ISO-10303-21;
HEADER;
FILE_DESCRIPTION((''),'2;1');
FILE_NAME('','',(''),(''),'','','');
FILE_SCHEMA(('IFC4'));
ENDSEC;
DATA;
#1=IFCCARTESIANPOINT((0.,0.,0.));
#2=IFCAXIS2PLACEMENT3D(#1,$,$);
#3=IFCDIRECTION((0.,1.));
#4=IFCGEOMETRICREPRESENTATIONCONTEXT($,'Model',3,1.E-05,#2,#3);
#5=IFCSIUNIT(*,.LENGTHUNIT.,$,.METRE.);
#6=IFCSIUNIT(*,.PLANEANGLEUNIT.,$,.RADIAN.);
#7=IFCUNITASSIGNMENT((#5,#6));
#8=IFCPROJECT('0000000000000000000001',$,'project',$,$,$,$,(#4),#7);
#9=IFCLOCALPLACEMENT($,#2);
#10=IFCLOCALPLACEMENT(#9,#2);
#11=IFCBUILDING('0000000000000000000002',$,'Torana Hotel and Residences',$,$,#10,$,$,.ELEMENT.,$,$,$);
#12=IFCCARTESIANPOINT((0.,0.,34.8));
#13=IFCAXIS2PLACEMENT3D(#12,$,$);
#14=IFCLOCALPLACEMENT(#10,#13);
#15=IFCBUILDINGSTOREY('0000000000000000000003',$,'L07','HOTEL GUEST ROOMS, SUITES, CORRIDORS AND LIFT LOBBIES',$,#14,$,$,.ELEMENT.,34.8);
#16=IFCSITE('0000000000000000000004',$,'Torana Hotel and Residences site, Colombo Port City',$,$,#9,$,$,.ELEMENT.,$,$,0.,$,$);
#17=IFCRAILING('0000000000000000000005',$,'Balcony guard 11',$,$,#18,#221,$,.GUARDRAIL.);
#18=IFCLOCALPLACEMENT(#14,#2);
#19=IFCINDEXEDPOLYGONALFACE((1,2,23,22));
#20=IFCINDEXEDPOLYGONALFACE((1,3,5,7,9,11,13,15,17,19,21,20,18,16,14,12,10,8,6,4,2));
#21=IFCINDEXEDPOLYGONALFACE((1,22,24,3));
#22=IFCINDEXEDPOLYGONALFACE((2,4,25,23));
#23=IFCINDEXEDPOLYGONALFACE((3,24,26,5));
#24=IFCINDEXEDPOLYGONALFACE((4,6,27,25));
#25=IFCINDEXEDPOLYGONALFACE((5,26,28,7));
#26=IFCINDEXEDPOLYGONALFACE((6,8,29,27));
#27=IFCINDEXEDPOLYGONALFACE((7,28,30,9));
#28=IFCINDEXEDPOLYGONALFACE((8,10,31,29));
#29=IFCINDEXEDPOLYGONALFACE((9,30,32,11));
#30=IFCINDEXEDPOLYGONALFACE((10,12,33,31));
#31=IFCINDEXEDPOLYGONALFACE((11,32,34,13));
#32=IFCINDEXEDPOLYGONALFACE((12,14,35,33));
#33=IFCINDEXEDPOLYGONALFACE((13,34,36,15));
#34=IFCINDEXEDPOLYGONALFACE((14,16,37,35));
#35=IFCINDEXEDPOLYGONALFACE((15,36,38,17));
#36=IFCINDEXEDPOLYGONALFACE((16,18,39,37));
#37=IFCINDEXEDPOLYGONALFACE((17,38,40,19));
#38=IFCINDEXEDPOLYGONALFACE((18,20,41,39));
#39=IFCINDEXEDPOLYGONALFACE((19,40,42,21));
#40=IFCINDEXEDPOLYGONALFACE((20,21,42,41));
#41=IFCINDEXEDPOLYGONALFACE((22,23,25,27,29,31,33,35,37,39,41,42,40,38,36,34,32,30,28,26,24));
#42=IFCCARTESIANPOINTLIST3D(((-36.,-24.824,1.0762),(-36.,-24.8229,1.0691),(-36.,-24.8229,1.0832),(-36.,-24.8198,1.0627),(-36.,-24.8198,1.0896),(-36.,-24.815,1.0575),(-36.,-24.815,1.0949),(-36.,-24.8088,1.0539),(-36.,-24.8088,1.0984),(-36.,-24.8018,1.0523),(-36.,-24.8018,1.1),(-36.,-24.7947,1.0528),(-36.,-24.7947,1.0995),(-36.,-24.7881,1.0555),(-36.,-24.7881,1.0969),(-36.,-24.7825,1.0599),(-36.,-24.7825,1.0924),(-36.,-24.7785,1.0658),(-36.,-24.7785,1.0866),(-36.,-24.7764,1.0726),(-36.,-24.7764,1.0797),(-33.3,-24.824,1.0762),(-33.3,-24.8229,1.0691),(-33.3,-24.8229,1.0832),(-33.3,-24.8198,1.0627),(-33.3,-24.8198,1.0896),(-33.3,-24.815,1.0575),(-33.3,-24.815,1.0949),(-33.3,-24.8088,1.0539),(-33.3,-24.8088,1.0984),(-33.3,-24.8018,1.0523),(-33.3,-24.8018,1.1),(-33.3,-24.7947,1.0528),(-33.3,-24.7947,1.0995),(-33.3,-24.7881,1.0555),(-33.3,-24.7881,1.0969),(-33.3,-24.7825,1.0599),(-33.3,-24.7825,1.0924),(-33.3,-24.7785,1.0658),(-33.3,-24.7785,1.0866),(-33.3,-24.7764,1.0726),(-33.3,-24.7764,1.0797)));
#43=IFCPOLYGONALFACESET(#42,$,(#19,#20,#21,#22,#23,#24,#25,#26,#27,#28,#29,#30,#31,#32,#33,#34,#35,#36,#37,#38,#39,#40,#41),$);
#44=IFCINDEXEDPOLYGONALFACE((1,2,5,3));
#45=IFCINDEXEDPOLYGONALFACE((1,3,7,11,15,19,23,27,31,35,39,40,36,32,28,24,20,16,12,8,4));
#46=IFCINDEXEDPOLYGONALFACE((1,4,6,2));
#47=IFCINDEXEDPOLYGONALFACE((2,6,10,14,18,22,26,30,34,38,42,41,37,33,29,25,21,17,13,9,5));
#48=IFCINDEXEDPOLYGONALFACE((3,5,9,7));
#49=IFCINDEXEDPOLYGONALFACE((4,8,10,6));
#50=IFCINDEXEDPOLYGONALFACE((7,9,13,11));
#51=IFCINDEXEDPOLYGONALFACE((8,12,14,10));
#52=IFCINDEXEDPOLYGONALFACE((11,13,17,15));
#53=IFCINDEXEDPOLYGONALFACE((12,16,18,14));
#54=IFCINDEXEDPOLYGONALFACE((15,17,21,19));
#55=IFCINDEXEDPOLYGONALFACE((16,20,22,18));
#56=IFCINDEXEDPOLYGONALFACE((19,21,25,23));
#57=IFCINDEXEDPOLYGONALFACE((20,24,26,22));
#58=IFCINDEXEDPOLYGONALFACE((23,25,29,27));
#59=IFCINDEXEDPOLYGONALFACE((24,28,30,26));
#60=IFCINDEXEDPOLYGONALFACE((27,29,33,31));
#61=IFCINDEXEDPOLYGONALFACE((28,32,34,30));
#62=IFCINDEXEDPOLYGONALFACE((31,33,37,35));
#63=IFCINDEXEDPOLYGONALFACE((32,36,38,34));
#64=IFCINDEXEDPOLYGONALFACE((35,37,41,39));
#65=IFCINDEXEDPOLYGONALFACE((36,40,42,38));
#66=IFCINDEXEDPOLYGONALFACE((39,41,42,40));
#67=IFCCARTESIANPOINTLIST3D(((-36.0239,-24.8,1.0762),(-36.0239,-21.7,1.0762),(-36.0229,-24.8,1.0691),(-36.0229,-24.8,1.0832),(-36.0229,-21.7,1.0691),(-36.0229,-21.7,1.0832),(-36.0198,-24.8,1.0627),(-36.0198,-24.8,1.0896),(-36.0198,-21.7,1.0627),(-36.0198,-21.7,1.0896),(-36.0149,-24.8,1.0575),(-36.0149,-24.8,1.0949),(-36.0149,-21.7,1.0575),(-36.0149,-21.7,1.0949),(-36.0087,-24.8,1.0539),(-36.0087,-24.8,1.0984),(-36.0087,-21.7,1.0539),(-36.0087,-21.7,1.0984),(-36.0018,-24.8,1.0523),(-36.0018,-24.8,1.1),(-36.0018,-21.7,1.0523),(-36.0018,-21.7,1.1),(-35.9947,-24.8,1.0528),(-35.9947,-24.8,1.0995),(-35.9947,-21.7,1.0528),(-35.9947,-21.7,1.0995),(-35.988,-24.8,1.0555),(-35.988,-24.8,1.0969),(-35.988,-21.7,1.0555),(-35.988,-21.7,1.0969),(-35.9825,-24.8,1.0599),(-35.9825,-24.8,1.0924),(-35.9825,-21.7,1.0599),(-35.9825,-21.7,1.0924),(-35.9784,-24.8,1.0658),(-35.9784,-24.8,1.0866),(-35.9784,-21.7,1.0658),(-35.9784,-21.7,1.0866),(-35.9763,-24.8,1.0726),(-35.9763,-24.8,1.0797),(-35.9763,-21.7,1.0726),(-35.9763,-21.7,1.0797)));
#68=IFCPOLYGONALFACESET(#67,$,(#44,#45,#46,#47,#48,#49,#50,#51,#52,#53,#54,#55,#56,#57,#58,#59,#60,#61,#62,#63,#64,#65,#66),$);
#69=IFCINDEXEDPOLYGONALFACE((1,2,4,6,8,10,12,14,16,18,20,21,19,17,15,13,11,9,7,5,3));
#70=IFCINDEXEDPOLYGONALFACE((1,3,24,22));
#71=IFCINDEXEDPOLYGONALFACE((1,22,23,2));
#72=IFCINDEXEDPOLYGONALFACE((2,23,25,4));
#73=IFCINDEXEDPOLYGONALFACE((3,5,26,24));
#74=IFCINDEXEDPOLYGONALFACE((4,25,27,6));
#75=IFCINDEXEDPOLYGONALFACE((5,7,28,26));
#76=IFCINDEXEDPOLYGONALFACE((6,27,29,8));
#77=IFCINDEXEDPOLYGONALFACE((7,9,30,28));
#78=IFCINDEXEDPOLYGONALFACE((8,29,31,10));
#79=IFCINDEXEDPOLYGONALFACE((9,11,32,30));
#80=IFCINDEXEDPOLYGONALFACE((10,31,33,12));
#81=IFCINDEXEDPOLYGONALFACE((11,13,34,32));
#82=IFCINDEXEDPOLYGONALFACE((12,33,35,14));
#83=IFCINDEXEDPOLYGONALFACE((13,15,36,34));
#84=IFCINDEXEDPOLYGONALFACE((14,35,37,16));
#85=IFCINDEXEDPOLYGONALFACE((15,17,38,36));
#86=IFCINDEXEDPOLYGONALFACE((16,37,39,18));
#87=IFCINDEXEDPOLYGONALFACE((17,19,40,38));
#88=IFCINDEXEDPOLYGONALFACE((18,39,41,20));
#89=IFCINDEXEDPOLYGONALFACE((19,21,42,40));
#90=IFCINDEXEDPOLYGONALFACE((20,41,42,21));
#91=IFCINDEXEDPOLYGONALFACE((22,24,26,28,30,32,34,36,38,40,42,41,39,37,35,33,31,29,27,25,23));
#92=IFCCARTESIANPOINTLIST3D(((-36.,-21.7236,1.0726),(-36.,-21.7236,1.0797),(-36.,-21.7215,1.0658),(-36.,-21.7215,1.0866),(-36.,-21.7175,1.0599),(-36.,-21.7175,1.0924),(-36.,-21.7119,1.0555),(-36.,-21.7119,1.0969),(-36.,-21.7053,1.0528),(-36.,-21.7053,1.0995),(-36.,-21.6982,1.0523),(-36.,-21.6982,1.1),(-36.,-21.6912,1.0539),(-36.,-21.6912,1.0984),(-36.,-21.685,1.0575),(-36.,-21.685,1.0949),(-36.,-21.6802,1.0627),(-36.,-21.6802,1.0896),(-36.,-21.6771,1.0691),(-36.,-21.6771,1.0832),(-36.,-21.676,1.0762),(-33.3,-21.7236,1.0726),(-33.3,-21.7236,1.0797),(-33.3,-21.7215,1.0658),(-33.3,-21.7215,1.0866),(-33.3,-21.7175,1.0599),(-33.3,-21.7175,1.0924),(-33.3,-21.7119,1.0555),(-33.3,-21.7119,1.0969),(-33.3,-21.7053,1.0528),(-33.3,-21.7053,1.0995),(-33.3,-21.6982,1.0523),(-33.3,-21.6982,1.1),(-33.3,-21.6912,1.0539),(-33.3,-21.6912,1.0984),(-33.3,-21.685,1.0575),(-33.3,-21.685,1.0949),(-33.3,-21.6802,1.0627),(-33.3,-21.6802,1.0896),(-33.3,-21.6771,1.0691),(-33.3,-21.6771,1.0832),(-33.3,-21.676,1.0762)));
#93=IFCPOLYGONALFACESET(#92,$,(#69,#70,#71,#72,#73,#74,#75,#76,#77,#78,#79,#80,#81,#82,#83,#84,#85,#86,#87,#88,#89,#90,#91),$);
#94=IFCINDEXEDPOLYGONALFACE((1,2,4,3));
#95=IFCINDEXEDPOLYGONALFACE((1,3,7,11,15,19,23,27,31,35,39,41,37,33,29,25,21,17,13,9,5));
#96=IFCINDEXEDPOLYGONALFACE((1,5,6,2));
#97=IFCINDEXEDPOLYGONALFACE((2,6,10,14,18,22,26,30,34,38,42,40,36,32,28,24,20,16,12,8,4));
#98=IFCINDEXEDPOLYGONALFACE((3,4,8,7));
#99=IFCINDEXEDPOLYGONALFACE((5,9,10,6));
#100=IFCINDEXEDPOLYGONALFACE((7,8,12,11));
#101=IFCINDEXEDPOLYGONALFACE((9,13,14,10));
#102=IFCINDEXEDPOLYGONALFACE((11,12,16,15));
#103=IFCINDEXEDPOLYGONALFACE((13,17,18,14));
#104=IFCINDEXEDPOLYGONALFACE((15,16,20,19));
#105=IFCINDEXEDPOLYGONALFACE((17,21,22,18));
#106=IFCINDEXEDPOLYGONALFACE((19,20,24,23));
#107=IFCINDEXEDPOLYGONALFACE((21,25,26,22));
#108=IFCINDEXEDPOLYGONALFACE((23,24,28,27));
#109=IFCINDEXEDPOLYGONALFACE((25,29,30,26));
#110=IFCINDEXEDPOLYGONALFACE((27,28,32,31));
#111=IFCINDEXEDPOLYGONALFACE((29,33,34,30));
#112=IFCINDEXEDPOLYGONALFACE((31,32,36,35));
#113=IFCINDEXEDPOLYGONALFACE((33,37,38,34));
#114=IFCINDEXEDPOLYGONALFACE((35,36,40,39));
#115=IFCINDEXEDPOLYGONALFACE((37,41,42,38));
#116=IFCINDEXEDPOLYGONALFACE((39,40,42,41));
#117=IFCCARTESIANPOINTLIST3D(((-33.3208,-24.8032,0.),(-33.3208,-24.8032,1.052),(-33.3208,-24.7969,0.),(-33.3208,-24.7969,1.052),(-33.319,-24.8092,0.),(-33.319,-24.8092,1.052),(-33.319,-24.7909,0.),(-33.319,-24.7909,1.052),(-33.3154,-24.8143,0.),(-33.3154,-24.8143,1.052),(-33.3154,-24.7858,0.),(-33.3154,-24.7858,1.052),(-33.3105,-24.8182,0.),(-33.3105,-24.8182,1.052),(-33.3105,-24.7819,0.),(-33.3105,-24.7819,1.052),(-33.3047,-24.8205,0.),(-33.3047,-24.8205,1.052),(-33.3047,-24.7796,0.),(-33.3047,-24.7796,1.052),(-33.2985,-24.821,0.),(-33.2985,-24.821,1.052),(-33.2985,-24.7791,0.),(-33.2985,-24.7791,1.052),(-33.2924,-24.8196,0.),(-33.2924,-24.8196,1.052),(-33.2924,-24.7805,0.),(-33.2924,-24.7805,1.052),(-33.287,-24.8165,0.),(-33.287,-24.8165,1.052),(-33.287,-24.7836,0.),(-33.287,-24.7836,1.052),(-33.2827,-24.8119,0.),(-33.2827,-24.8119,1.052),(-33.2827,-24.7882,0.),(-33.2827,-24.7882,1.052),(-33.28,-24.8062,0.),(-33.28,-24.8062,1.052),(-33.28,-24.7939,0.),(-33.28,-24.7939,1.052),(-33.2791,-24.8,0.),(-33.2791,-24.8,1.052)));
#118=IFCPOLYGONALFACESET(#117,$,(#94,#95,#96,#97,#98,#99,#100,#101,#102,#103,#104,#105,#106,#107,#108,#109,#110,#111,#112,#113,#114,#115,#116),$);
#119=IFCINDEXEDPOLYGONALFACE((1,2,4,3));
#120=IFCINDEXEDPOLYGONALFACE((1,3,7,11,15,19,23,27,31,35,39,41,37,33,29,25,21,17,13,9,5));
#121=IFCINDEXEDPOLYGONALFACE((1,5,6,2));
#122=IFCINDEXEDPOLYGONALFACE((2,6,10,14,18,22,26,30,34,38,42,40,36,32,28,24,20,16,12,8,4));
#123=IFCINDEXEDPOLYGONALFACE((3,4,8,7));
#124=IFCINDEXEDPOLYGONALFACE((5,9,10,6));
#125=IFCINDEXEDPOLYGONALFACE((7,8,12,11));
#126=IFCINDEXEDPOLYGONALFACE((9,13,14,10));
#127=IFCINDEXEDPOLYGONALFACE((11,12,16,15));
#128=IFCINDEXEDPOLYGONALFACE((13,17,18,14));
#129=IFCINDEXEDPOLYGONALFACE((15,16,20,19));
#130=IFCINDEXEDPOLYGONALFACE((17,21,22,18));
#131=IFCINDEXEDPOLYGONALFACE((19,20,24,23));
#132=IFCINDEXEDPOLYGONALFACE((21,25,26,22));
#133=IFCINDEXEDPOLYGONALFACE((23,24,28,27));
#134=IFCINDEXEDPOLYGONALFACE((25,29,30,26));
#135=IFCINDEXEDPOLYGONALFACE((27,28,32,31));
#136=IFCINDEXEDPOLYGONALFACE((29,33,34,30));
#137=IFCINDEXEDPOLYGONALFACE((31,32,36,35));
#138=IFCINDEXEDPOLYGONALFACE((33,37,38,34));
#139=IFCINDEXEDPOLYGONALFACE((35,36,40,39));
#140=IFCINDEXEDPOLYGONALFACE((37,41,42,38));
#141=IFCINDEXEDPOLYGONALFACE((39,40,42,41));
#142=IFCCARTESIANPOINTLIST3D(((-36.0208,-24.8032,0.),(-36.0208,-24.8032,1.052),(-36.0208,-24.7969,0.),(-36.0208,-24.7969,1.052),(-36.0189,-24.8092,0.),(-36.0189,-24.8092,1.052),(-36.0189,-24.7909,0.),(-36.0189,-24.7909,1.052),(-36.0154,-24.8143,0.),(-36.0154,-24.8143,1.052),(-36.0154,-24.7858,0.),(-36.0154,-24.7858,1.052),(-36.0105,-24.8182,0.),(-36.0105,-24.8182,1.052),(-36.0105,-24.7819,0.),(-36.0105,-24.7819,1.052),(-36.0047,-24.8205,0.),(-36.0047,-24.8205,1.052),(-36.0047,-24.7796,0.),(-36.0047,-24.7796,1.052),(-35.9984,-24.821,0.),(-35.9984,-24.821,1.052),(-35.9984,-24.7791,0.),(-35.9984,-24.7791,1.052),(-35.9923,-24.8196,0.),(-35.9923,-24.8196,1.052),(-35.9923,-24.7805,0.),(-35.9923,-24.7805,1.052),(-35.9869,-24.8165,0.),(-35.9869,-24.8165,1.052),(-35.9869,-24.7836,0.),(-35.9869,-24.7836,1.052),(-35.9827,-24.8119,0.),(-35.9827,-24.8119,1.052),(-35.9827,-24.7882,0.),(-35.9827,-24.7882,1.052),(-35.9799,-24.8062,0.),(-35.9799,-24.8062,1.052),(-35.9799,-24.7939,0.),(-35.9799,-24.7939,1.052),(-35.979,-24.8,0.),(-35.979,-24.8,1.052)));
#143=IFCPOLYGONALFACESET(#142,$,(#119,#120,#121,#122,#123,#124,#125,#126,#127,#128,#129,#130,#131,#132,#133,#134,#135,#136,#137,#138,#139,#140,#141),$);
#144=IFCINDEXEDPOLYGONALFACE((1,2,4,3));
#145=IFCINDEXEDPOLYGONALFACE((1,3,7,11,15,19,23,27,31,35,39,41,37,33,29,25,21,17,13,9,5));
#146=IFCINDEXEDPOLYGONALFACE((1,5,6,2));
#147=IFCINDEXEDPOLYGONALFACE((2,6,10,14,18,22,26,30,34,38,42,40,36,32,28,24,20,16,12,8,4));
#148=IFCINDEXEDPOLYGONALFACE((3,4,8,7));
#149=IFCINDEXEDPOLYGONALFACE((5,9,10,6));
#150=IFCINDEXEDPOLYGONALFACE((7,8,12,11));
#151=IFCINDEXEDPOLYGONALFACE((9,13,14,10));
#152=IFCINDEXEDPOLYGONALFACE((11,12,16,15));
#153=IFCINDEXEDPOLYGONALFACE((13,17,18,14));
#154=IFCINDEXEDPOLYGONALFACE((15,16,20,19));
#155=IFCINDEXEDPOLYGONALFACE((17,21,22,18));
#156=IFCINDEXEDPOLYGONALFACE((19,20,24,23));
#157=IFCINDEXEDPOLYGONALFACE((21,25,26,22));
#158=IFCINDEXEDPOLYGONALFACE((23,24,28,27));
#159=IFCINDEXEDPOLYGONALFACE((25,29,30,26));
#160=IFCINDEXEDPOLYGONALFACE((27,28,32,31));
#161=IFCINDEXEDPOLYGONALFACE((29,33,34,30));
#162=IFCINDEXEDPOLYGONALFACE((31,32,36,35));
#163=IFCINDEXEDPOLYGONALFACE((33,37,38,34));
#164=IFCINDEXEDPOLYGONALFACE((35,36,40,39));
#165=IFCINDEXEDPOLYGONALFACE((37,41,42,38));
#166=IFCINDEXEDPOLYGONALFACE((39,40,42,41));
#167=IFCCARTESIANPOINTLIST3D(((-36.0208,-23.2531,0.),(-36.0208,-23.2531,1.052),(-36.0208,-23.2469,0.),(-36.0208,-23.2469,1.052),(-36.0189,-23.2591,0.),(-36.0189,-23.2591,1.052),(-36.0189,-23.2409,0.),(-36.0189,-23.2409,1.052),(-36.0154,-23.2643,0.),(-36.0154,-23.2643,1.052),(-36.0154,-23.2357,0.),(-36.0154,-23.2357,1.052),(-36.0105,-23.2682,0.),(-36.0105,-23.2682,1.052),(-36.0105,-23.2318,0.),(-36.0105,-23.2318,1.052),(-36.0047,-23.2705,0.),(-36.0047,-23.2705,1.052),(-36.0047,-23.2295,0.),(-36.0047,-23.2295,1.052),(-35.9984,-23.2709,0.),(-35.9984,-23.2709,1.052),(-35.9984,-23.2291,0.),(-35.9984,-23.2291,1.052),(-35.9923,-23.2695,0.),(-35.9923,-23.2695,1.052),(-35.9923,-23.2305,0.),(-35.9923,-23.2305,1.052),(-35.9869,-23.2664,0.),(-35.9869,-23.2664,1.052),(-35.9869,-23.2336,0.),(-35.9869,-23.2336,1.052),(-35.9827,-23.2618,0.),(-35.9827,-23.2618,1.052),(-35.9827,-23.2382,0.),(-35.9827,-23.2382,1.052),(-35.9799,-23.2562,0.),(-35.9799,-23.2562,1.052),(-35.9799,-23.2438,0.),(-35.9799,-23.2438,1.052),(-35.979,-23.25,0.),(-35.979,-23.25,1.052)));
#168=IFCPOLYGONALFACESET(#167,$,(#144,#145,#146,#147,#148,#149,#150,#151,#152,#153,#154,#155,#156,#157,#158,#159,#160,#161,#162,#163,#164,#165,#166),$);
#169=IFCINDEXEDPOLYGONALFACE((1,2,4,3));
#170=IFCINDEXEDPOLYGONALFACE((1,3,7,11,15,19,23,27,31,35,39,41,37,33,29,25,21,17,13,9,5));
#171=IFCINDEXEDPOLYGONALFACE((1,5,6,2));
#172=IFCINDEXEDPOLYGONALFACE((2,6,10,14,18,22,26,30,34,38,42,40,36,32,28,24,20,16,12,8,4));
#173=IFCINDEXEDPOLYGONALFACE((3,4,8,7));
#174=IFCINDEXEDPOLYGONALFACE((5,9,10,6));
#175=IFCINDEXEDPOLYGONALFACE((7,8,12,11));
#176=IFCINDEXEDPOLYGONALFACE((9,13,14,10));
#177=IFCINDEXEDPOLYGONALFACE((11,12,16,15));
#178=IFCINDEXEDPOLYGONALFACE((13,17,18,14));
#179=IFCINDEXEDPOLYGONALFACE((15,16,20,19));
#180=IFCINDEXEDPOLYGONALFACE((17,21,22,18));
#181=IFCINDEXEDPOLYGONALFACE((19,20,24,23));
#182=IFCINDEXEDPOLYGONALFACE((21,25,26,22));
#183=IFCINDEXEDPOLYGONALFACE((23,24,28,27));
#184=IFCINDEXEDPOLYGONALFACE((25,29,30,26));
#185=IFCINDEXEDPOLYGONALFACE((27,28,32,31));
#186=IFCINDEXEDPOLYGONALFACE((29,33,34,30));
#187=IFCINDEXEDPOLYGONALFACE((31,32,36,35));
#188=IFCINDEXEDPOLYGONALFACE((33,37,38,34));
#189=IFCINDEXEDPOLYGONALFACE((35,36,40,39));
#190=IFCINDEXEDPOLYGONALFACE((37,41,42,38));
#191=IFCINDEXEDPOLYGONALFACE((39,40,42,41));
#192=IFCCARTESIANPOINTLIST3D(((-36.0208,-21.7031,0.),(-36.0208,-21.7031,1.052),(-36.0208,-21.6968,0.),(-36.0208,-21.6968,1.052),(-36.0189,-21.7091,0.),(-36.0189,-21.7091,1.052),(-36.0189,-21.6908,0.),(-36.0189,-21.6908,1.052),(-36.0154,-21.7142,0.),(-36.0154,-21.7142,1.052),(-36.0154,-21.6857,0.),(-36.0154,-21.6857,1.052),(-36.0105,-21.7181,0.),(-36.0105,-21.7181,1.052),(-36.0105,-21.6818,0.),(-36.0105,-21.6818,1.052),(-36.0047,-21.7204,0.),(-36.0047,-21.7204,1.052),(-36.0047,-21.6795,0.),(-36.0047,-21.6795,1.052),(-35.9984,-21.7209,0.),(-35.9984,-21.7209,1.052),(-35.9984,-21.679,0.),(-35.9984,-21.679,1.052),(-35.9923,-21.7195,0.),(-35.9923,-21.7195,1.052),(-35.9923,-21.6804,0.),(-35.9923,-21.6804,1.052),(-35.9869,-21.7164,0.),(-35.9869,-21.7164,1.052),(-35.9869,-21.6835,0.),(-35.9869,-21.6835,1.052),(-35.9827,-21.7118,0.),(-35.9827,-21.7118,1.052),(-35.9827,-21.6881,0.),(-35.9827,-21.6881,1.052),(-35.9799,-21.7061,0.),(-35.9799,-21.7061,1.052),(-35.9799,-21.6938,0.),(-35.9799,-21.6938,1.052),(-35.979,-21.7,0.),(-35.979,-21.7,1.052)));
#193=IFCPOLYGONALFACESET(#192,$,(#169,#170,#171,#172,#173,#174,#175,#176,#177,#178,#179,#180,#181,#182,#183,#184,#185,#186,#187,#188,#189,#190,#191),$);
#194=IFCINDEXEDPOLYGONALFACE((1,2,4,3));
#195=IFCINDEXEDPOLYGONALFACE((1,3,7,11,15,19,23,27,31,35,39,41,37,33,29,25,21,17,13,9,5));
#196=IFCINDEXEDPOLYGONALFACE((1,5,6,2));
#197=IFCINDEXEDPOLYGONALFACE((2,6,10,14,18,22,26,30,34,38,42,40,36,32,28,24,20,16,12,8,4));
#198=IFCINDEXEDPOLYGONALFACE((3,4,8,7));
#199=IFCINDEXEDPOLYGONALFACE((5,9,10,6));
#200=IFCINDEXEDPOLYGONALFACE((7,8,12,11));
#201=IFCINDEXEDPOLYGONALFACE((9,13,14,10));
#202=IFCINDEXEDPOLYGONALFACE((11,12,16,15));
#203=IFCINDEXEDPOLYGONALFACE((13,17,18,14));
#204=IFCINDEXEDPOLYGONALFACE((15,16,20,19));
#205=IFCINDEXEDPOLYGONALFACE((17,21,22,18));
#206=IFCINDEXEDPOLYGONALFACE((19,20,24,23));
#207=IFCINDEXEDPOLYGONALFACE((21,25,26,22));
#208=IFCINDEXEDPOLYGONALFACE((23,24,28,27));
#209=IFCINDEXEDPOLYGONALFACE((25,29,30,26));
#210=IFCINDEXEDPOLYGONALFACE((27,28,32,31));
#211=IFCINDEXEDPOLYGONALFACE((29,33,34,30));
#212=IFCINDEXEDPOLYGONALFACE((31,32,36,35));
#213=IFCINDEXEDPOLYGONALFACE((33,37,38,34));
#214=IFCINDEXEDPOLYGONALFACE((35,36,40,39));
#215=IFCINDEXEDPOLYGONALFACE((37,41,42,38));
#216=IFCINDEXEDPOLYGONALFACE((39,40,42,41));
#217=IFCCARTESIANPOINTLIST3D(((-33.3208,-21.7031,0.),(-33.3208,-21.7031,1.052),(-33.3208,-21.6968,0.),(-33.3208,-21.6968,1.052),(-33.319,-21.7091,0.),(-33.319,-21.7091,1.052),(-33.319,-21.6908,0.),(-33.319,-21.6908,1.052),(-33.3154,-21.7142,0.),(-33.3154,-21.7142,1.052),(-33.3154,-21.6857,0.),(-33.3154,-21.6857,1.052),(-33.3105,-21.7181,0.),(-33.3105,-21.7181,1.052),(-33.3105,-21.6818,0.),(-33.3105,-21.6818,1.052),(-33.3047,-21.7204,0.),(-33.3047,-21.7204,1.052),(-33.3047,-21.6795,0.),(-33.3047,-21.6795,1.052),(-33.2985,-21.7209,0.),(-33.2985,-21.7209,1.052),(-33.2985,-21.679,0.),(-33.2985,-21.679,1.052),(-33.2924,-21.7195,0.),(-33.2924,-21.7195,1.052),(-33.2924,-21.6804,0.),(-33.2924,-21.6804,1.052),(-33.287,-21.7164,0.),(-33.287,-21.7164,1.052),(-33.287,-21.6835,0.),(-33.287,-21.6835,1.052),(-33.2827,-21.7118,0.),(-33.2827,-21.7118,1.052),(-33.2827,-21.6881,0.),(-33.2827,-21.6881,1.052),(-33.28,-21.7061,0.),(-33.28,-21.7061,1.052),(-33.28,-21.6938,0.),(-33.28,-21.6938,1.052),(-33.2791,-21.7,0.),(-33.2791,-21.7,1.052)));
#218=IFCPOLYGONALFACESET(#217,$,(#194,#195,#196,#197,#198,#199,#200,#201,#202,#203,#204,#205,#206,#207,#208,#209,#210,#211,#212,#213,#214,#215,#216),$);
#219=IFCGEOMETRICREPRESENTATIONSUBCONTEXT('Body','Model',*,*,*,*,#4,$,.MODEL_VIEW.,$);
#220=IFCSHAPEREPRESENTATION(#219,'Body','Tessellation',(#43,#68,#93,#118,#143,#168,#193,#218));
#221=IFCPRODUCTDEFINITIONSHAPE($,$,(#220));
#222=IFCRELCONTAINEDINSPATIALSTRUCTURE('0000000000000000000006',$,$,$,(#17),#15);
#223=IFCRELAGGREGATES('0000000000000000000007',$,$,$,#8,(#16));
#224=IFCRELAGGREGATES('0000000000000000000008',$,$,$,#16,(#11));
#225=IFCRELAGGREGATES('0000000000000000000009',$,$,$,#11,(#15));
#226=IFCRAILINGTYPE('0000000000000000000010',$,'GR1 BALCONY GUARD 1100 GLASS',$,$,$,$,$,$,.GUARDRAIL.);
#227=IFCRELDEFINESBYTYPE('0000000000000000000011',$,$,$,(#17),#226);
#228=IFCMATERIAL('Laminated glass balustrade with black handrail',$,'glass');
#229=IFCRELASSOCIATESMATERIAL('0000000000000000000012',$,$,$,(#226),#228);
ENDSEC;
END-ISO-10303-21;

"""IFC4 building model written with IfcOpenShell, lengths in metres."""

from ifc_helpers import new_model, si_unit, direction, frame, origin, origin_2d, place, context, subcontext, project, spatial, circle, extrude, material, type_object, element, save


model = new_model("IFC4")

# Units and contexts
model_context = context("Model", 3, precision=1e-05, world=origin(), true_north=direction((0.0, 1.0)))
body_context = subcontext(model_context, "Body", "Model", "MODEL_VIEW")
ifc_project = project(units=[si_unit("LENGTHUNIT", "METRE"), si_unit("PLANEANGLEUNIT", "RADIAN")], contexts=[model_context])

# Site, building, storey
site_placement = place(None, origin())
site = spatial("IfcSite", under=ifc_project, at=site_placement, Name="Torana Hotel and Residences site, Colombo Port City", CompositionType="ELEMENT", RefElevation=0.0)
building_placement = place(site_placement, origin())
building = spatial("IfcBuilding", under=site, at=building_placement, Name="Torana Hotel and Residences", CompositionType="ELEMENT")
storey_placement = place(building_placement, frame((0.0, 0.0, 34.8)))
storey = spatial("IfcBuildingStorey", under=building, at=storey_placement, Name="L07", Description="HOTEL GUEST ROOMS, SUITES, CORRIDORS AND LIFT LOBBIES", CompositionType="ELEMENT", Elevation=34.8)

# Railing
ifc_material_1 = material(Name="Laminated glass balustrade with black handrail", Category="glass")
railing_type = type_object("IfcRailingType", Name="GR1 BALCONY GUARD 1100 GLASS", PredefinedType="GUARDRAIL", material=ifc_material_1)
railing_placement = place(storey_placement, frame((-33.3, -24.8, 0.0)))
element("IfcRailing", 1, at=railing_placement, inside=storey, type_object=railing_type, Name="Balcony guard 11", PredefinedType="GUARDRAIL", context=body_context, shape_type="SweptSolid", body=[
    extrude(circle(Radius=0.0239, at=origin_2d()), frame((0.0, 0.0, 1.0762), z_axis=(-1.0, 0.0, 0.0), x_axis=(0.0, -1.0, 0.0)), (0.0, 0.0, 1.0), 2.7),
    extrude(circle(Radius=0.0239, at=origin_2d()), frame((-2.7, 0.0, 1.0762), z_axis=(0.0, 1.0, 0.0), x_axis=(-1.0, 0.0, 0.0)), (0.0, 0.0, 1.0), 3.1001),
    extrude(circle(Radius=0.0239, at=origin_2d()), frame((-2.7, 3.1001, 1.0762), z_axis=(1.0, 0.0, 0.0), x_axis=(0.0, 1.0, 0.0)), (0.0, 0.0, 1.0), 2.7),
    extrude(circle(Radius=0.021, at=origin_2d()), origin(), (0.0, 0.0, 1.0), 1.052),
    extrude(circle(Radius=0.021, at=origin_2d()), frame((-2.7, 0.0, 0.0)), (0.0, 0.0, 1.0), 1.052),
    extrude(circle(Radius=0.021, at=origin_2d()), frame((-2.7, 1.55, 0.0)), (0.0, 0.0, 1.0), 1.052),
    extrude(circle(Radius=0.021, at=origin_2d()), frame((-2.7, 3.1001, 0.0)), (0.0, 0.0, 1.0), 1.052),
    extrude(circle(Radius=0.021, at=origin_2d()), frame((0.0, 3.1001, 0.0)), (0.0, 0.0, 1.0), 1.052),
])

save(model, "model.ifc")
